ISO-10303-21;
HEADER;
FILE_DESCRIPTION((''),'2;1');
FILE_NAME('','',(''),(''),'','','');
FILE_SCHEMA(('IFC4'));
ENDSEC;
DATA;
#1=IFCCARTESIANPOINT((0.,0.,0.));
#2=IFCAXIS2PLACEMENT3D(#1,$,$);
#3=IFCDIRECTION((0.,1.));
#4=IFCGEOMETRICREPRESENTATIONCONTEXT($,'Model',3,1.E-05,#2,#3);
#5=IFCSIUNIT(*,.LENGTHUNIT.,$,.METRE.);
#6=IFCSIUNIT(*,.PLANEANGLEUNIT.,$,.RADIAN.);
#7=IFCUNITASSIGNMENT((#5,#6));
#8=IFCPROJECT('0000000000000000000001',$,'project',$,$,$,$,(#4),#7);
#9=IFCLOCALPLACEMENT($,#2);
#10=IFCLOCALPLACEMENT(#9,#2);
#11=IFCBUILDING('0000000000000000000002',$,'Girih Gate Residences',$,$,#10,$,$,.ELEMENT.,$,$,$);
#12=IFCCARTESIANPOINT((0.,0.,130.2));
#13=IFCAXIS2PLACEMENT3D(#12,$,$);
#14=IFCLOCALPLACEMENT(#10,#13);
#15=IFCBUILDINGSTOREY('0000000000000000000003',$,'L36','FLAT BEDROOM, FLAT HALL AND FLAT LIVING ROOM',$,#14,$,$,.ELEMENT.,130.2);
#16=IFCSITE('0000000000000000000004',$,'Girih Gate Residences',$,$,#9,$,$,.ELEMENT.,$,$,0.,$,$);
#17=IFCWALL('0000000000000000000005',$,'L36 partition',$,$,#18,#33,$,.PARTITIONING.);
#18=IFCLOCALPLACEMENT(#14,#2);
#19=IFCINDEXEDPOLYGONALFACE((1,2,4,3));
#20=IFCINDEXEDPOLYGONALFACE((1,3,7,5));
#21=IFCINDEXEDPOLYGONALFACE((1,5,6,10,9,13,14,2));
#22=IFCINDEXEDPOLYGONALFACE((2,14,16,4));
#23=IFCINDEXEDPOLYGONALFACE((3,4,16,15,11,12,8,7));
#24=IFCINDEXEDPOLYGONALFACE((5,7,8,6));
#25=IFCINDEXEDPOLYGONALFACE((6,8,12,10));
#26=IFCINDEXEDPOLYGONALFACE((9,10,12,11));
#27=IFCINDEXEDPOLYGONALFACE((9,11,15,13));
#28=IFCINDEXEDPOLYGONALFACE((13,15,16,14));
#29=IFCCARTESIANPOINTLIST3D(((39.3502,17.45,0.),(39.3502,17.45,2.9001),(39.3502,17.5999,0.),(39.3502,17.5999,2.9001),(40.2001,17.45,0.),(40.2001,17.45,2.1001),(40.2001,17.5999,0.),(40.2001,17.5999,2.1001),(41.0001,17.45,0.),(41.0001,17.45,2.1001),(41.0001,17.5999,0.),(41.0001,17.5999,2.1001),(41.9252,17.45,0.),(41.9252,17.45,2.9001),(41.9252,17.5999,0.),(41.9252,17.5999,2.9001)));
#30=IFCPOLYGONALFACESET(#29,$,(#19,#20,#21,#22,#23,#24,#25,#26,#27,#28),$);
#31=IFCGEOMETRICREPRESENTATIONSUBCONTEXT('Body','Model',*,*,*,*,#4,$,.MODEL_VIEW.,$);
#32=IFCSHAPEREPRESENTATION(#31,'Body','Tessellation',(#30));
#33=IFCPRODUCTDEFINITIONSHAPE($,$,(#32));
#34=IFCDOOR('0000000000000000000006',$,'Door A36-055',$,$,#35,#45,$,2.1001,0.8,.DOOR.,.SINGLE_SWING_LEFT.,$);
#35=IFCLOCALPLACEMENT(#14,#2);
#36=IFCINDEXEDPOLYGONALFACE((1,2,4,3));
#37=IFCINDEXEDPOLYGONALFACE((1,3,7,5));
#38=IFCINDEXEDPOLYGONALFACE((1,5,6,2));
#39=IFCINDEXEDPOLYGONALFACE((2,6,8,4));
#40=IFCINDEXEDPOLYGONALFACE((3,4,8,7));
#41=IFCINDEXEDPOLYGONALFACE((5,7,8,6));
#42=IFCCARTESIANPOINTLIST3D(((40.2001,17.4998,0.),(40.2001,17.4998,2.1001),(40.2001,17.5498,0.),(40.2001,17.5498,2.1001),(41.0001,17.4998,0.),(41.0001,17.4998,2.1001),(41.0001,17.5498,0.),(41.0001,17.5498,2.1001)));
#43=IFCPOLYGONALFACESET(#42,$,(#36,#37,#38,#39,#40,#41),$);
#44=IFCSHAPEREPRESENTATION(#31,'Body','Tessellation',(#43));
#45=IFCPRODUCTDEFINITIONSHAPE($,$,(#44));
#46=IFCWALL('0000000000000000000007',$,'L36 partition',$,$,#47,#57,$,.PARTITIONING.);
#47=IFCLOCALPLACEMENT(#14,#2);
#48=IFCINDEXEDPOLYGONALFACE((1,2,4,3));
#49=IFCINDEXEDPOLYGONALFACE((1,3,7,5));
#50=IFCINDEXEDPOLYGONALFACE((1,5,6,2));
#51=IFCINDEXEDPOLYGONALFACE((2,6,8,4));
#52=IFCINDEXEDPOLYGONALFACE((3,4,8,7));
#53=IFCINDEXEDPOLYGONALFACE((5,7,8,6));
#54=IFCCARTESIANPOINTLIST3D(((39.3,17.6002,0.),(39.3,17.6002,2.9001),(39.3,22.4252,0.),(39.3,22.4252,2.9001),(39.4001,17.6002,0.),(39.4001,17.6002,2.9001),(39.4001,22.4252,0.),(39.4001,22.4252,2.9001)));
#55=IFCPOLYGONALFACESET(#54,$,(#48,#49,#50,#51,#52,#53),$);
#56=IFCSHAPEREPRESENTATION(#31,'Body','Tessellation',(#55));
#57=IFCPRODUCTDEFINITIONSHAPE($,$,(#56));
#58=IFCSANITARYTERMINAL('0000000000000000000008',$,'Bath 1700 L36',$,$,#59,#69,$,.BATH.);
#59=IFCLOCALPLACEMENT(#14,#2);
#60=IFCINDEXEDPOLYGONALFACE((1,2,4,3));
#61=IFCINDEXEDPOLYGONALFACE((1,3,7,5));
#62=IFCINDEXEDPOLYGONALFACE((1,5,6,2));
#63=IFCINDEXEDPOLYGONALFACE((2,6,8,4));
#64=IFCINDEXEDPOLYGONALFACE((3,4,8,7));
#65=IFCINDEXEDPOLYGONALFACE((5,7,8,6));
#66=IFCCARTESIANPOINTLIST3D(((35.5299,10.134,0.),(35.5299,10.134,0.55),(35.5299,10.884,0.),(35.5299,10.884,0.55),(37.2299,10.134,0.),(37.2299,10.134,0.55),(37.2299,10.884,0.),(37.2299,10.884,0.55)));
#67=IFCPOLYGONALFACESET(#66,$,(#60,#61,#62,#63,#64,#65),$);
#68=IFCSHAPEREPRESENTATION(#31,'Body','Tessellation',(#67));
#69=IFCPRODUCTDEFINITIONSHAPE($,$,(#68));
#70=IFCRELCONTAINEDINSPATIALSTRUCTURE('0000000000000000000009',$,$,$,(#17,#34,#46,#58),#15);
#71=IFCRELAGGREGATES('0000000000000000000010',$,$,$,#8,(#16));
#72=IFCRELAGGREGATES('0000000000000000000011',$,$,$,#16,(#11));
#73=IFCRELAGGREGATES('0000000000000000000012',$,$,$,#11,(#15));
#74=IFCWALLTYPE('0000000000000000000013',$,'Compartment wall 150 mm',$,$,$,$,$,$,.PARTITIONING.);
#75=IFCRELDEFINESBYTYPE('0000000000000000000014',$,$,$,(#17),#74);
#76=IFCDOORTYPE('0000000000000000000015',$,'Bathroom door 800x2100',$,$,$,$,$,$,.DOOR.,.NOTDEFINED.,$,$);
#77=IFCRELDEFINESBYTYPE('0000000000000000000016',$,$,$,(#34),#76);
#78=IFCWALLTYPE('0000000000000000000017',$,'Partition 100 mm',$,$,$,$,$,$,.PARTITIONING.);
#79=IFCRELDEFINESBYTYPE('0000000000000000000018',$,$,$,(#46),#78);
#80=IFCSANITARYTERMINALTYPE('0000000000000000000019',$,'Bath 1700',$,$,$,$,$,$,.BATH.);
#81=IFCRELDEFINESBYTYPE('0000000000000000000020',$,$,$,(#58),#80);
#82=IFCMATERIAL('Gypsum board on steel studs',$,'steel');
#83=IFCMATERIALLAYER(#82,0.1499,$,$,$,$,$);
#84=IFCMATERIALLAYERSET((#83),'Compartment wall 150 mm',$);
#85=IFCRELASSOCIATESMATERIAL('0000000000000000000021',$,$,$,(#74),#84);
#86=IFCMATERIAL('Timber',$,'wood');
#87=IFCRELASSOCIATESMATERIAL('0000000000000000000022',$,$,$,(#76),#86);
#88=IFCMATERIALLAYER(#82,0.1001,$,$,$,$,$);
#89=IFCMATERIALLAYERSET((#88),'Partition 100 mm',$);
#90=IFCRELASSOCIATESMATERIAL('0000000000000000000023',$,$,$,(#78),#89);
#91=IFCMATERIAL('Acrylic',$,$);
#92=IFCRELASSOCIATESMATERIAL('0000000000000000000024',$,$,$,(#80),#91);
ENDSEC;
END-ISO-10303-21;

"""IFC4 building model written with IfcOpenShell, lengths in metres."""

from ifc_helpers import new_model, si_unit, direction, frame, frame_2d, origin, origin_2d, place, context, subcontext, project, spatial, rectangle, extrude, material, layer, layer_set, type_object, element, fill, save


model = new_model("IFC4")

# Units and contexts
model_context = context("Model", 3, precision=1e-05, world=origin(), true_north=direction((0.0, 1.0)))
body_context = subcontext(model_context, "Body", "Model", "MODEL_VIEW")
ifc_project = project(units=[si_unit("LENGTHUNIT", "METRE"), si_unit("PLANEANGLEUNIT", "RADIAN")], contexts=[model_context])

# Site, building, storey
site_placement = place(None, origin())
site = spatial("IfcSite", under=ifc_project, at=site_placement, Name="Girih Gate Residences", CompositionType="ELEMENT", RefElevation=0.0)
building_placement = place(site_placement, origin())
building = spatial("IfcBuilding", under=site, at=building_placement, Name="Girih Gate Residences", CompositionType="ELEMENT")
storey_placement = place(building_placement, frame((0.0, 0.0, 130.2)))
storey = spatial("IfcBuildingStorey", under=building, at=storey_placement, Name="L36", Description="FLAT BEDROOM, FLAT HALL AND FLAT LIVING ROOM", CompositionType="ELEMENT", Elevation=130.2)

# Shared definitions
ifc_material_1 = material(Name="Gypsum board on steel studs", Category="steel")
ifc_layer_1 = layer(ifc_material_1, 0.1499)
ifc_layer_set_1 = layer_set([ifc_layer_1], Name="Compartment wall 150 mm")
wall_type_1 = type_object("IfcWallType", Name="Compartment wall 150 mm", PredefinedType="PARTITIONING", material=ifc_layer_set_1)

# Wall, opening, door
ifc_material_2 = material(Name="Timber", Category="wood")
wall_1_placement = place(storey_placement, frame((39.3501, 17.5249, 0.0), z_axis=(0.0, 0.0, 1.0), x_axis=(1.0, 0.0, 0.0)))
wall_1 = element("IfcWall", 1, at=wall_1_placement, inside=storey, type_object=wall_type_1, Name="L36 partition", PredefinedType="PARTITIONING", context=body_context, shape_type="SweptSolid", body=[
    extrude(rectangle(XDim=2.575, YDim=0.1499, at=frame_2d((1.2876, 0.0))), origin(), (0.0, 0.0, 1.0), 2.9001),
])
opening_1_placement = place(wall_1_placement, frame((0.8501, 0.0, 0.0)))
opening_1 = element("IfcOpeningElement", 2, at=opening_1_placement, cuts=wall_1, PredefinedType="OPENING", context=body_context, shape_type="SweptSolid", body=[
    extrude(rectangle(XDim=0.8, YDim=2.1001, at=frame_2d((0.3999, 1.05))), frame((0.0, 0.085, 0.0), z_axis=(0.0, -1.0, 0.0), x_axis=(1.0, 0.0, 0.0)), (0.0, 0.0, 1.0), 0.1699),
])
door_type_1 = type_object("IfcDoorType", Name="Bathroom door 800x2100", OperationType="NOTDEFINED", PredefinedType="DOOR", material=ifc_material_2)
door_1_placement = place(opening_1_placement, origin())
door_1 = element("IfcDoor", 3, at=door_1_placement, inside=storey, type_object=door_type_1, Name="Door A36-055", OperationType="SINGLE_SWING_LEFT", OverallHeight=2.1001, OverallWidth=0.8, PredefinedType="DOOR", context=body_context, shape_type="SweptSolid", body=[
    extrude(rectangle(XDim=0.8, YDim=2.1001, at=frame_2d((0.3999, 1.05))), frame((0.0, 0.0249, 0.0), z_axis=(0.0, -1.0, 0.0), x_axis=(1.0, 0.0, 0.0)), (0.0, 0.0, 1.0), 0.05),
])
fill(opening_1, door_1)

# Wall
ifc_layer_2 = layer(ifc_material_1, 0.1001)
ifc_layer_set_2 = layer_set([ifc_layer_2], Name="Partition 100 mm")
wall_type_2 = type_object("IfcWallType", Name="Partition 100 mm", PredefinedType="PARTITIONING", material=ifc_layer_set_2)
wall_2_placement = place(storey_placement, frame((39.3501, 17.6001, 0.0), z_axis=(0.0, 0.0, 1.0), x_axis=(0.0, 1.0, 0.0)))
element("IfcWall", 4, at=wall_2_placement, inside=storey, type_object=wall_type_2, Name="L36 partition", PredefinedType="PARTITIONING", context=body_context, shape_type="SweptSolid", body=[
    extrude(rectangle(XDim=4.825, YDim=0.1001, at=frame_2d((2.4126, 0.0))), origin(), (0.0, 0.0, 1.0), 2.9001),
])

# Sanitary terminal
ifc_material_3 = material(Name="Acrylic")
sanitary_terminal_type = type_object("IfcSanitaryTerminalType", Name="Bath 1700", PredefinedType="BATH", material=ifc_material_3)
sanitary_terminal_placement = place(storey_placement, frame((36.3799, 10.509, 0.0), z_axis=(0.0, 0.0, 1.0), x_axis=(1.0, 0.0, 0.0)))
element("IfcSanitaryTerminal", 5, at=sanitary_terminal_placement, inside=storey, type_object=sanitary_terminal_type, Name="Bath 1700 L36", PredefinedType="BATH", context=body_context, shape_type="SweptSolid", body=[
    extrude(rectangle(XDim=1.7, YDim=0.75, at=origin_2d()), origin(), (0.0, 0.0, 1.0), 0.55),
])

save(model, "model.ifc")
